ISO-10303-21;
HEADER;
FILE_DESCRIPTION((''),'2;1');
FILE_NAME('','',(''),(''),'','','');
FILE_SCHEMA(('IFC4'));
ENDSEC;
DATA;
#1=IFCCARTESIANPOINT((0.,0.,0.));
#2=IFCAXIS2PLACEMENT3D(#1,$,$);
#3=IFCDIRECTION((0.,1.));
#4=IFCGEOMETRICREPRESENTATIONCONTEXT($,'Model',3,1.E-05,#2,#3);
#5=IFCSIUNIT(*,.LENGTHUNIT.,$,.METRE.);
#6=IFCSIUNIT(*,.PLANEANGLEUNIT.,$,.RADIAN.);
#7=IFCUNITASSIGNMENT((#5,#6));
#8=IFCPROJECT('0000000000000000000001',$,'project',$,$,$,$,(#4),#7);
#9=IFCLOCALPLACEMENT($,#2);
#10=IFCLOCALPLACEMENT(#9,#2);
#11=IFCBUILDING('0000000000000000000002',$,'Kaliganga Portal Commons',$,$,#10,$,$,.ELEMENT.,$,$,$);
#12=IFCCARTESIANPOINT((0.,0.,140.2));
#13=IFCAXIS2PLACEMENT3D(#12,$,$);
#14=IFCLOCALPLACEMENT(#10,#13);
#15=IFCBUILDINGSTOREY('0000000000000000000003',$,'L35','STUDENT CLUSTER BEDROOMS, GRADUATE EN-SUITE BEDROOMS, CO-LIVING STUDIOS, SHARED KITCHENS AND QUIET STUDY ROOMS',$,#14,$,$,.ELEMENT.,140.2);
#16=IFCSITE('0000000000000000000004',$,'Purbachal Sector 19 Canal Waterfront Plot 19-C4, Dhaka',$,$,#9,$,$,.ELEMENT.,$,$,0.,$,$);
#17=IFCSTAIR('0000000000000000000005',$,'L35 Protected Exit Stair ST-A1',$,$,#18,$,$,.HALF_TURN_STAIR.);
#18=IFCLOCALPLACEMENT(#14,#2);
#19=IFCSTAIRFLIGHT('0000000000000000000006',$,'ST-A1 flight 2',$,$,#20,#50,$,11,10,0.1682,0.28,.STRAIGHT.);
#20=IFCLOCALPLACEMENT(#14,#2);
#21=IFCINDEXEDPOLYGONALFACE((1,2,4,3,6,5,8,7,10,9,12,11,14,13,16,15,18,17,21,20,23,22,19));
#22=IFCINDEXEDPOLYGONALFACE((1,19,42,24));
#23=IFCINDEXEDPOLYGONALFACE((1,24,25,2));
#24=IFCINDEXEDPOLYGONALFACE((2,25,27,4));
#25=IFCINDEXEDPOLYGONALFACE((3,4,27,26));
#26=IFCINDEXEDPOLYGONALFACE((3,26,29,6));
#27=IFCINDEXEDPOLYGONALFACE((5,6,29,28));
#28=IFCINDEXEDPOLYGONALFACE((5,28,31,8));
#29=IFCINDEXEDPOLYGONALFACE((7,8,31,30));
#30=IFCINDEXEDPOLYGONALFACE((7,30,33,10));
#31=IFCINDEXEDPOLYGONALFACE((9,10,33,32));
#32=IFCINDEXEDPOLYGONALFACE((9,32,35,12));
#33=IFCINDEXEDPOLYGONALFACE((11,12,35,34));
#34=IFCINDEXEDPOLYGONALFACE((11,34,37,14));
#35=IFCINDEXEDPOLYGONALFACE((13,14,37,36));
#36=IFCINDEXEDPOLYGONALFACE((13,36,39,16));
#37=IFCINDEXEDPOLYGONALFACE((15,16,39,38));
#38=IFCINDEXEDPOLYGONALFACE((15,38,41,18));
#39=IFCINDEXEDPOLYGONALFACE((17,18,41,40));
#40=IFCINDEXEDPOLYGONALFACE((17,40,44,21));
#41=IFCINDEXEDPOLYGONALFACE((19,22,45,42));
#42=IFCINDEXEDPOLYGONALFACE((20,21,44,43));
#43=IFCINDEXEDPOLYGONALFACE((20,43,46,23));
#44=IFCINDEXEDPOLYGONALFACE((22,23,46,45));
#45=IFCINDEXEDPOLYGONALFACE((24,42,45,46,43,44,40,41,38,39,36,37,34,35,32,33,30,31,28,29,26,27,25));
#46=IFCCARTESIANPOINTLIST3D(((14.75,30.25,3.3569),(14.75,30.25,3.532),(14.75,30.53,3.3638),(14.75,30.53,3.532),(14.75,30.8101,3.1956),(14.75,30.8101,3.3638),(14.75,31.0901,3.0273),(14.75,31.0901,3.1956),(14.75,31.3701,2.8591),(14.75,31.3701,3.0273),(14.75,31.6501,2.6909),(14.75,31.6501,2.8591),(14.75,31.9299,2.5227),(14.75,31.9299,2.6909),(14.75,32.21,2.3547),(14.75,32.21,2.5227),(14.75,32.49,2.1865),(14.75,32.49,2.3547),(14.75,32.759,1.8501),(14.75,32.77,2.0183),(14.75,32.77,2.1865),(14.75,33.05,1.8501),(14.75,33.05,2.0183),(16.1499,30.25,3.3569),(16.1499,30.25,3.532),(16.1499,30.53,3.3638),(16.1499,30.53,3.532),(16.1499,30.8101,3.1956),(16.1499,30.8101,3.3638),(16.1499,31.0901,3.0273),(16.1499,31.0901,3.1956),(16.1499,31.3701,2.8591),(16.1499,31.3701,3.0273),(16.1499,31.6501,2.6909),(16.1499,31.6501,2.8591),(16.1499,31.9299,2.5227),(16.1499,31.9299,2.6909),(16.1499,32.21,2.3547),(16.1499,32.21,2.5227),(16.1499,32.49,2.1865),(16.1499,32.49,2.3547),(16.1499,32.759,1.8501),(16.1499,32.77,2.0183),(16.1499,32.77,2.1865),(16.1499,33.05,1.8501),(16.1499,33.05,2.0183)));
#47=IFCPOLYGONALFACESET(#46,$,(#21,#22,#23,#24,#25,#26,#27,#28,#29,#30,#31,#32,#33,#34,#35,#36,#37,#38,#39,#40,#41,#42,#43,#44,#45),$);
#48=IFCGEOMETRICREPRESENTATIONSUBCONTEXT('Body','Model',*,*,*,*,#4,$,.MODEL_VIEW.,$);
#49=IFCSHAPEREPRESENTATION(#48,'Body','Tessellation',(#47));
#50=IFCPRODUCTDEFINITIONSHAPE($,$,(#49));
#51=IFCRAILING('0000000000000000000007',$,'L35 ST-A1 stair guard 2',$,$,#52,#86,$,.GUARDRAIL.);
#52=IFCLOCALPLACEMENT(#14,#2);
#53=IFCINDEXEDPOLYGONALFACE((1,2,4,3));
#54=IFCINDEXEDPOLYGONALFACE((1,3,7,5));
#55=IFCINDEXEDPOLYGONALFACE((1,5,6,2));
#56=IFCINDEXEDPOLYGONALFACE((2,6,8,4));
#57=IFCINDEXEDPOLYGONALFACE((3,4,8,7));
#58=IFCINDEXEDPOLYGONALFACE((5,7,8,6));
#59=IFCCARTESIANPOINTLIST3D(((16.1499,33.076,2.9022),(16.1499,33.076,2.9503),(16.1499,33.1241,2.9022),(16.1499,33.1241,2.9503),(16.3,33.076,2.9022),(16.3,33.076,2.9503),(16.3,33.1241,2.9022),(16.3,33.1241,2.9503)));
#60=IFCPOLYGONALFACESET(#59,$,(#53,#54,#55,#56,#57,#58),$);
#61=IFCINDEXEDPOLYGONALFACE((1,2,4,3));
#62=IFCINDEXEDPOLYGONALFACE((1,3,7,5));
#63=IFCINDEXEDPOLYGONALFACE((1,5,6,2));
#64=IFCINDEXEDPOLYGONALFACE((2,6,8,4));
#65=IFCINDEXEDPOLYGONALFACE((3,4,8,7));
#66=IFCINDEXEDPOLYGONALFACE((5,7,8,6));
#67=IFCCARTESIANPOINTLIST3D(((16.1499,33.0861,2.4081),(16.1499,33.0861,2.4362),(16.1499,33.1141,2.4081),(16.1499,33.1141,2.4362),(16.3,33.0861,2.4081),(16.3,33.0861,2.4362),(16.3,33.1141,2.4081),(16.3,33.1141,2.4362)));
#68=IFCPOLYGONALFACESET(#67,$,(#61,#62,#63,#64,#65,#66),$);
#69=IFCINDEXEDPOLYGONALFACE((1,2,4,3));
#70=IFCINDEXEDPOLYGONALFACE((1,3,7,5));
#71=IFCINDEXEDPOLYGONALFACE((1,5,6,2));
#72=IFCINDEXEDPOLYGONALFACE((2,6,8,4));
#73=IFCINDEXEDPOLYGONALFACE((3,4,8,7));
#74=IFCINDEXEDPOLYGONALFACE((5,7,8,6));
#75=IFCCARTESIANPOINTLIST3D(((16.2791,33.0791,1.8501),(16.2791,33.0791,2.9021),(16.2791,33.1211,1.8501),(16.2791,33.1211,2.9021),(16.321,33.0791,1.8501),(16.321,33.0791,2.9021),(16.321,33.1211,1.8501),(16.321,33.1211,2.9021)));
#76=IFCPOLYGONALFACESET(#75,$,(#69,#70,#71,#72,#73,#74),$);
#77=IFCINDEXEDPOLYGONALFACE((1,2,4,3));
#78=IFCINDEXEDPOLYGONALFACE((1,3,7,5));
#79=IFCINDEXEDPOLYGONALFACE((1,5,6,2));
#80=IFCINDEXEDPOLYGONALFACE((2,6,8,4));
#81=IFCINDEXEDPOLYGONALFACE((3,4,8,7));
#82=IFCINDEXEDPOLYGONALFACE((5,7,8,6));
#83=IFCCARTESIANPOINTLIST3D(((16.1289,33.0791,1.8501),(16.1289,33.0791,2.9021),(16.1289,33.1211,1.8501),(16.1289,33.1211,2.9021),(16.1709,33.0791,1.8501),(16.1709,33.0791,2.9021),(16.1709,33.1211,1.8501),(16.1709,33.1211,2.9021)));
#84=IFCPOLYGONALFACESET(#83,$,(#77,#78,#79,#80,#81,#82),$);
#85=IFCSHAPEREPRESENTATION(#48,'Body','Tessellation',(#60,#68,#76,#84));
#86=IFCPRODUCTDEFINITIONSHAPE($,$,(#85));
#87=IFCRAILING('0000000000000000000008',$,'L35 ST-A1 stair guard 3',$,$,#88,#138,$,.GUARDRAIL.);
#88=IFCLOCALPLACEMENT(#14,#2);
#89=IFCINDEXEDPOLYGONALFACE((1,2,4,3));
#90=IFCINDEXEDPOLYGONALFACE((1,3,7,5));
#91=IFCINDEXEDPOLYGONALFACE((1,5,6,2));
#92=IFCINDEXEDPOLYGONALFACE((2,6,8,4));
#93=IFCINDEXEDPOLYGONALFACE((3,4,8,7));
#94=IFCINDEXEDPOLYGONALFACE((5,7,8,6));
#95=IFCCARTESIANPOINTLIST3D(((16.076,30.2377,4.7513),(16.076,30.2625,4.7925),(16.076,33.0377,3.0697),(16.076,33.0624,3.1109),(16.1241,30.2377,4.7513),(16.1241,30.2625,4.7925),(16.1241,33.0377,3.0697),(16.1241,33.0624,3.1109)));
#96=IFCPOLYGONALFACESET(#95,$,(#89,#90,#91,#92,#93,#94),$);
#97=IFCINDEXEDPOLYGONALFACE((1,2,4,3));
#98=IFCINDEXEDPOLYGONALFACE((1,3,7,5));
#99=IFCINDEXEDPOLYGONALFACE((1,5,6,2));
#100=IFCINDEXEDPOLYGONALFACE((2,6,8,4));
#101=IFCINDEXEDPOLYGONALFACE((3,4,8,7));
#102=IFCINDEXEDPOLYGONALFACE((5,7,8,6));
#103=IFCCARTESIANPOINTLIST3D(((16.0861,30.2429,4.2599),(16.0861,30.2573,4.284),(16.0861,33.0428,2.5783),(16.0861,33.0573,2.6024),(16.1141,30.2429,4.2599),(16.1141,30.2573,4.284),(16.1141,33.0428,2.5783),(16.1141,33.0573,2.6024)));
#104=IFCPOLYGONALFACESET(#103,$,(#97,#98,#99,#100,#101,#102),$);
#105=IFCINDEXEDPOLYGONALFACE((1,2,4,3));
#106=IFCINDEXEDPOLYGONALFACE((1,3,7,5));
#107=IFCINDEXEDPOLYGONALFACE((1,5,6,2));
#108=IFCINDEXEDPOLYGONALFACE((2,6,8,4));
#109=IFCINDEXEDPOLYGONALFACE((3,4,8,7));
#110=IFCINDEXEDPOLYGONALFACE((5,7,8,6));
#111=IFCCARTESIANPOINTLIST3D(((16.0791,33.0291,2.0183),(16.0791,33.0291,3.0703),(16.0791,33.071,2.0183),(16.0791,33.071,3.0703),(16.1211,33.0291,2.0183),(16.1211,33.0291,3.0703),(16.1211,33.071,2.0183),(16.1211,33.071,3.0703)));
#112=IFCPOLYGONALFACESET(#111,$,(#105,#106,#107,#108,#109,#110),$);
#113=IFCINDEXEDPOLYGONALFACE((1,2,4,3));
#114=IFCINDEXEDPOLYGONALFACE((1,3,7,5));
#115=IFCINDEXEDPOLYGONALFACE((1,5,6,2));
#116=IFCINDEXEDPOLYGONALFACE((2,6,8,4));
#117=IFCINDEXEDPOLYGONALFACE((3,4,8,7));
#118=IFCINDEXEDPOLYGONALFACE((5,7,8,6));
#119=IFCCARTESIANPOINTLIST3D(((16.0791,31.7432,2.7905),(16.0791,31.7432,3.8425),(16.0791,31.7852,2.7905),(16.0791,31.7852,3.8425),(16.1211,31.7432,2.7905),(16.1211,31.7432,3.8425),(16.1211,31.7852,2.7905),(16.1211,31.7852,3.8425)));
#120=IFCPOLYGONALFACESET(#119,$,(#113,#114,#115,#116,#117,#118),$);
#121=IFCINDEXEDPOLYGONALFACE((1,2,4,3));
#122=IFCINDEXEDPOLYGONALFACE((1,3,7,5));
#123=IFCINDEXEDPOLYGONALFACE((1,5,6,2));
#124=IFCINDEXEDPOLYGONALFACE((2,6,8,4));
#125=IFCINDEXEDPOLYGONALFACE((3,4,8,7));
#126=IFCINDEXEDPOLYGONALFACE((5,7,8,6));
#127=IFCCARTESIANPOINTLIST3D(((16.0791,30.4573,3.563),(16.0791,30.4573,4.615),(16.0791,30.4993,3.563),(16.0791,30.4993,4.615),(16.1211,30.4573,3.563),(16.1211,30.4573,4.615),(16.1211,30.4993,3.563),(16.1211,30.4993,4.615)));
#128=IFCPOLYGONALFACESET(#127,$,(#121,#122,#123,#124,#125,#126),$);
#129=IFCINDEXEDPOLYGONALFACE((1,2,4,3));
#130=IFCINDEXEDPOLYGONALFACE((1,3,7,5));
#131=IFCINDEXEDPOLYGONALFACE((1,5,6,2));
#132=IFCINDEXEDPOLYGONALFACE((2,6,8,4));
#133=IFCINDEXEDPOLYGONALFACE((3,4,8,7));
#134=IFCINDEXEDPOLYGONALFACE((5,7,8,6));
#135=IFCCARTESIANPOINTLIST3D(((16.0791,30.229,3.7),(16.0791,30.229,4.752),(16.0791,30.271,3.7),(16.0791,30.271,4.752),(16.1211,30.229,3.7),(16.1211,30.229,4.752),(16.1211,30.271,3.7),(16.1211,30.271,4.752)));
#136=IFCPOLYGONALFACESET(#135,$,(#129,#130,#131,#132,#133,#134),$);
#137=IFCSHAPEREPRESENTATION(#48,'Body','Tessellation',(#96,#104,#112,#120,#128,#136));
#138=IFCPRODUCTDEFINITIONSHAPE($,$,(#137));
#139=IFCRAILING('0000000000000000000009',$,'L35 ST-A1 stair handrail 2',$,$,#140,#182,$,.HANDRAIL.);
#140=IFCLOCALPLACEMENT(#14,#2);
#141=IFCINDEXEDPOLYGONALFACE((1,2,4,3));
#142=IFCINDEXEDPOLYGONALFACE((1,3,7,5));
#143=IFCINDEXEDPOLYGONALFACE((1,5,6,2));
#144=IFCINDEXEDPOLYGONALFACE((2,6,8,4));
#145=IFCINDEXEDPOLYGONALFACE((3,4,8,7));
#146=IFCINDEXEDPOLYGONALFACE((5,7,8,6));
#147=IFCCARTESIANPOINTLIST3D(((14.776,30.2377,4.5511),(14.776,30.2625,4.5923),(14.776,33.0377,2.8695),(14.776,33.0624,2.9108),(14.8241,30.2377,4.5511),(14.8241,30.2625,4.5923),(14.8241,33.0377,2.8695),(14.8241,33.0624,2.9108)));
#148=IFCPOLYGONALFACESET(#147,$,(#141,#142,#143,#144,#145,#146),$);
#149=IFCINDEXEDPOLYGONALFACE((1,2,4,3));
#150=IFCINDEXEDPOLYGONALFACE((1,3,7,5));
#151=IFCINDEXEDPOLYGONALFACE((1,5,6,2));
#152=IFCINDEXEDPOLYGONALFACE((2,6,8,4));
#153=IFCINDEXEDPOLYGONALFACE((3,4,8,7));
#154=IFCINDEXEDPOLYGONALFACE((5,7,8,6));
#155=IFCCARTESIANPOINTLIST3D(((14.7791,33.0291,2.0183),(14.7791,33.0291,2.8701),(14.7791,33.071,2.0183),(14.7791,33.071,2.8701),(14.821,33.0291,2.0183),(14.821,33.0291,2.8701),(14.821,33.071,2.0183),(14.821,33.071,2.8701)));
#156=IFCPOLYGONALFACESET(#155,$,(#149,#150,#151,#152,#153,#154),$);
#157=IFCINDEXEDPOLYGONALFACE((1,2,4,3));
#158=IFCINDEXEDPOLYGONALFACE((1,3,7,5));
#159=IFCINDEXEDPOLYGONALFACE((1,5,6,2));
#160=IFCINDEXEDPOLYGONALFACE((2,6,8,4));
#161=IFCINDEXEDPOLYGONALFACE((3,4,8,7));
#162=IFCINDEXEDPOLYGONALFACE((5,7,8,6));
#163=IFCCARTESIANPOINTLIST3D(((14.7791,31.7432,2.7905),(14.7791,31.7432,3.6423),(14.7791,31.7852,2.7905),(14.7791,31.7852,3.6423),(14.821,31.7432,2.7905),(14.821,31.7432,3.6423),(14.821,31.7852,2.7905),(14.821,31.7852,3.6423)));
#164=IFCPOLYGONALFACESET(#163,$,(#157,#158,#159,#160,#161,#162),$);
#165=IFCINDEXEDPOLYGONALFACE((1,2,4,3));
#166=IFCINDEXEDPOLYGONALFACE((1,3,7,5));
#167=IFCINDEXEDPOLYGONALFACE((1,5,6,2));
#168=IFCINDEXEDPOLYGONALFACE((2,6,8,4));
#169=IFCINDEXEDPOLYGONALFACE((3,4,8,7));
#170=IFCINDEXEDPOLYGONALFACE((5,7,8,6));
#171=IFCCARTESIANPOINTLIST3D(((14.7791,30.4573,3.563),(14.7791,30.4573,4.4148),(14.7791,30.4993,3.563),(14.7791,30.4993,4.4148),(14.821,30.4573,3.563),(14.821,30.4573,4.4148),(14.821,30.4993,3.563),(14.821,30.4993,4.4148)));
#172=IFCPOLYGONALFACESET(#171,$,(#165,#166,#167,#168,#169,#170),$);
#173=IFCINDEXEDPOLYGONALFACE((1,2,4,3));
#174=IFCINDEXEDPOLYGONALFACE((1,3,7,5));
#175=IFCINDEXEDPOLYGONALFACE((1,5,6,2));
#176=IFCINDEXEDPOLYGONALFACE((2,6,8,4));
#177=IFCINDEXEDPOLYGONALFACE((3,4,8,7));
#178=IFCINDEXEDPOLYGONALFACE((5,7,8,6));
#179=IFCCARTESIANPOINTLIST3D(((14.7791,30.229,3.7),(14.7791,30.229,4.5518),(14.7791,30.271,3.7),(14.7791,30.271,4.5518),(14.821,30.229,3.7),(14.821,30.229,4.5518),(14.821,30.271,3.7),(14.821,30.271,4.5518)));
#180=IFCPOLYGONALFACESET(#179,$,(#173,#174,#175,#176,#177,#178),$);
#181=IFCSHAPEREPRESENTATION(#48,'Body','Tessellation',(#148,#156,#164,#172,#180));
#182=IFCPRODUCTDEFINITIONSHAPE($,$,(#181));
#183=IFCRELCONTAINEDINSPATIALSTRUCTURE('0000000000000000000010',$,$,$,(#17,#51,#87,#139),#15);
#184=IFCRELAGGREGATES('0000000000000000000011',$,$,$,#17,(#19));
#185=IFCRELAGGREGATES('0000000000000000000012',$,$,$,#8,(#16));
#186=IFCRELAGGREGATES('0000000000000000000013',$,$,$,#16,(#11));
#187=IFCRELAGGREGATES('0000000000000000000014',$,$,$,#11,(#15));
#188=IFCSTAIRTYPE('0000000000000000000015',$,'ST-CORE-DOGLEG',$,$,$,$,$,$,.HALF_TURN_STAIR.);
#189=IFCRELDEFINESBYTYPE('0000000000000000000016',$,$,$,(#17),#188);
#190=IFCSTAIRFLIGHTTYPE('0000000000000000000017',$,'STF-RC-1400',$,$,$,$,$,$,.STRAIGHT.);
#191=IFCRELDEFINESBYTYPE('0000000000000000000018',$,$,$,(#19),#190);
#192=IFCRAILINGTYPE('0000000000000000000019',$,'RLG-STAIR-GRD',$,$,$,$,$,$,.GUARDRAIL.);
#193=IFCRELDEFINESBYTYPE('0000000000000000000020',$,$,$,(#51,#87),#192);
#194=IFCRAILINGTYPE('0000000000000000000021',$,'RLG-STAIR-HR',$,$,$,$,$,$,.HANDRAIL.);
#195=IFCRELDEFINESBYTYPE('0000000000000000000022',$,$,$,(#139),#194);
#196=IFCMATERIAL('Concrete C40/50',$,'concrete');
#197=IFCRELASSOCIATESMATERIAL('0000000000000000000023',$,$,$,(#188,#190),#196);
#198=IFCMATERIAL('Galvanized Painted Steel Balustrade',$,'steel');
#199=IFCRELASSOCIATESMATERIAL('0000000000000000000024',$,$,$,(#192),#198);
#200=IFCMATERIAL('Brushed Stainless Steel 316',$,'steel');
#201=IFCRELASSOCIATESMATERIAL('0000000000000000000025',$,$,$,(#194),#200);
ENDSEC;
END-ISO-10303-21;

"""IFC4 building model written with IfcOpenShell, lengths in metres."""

from ifc_helpers import new_model, si_unit, direction, frame, origin, origin_2d, place, context, subcontext, project, spatial, polyline, rectangle, outline, extrude, material, type_object, element, aggregate, save


model = new_model("IFC4")

# Units and contexts
model_context = context("Model", 3, precision=1e-05, world=origin(), true_north=direction((0.0, 1.0)))
body_context = subcontext(model_context, "Body", "Model", "MODEL_VIEW")
ifc_project = project(units=[si_unit("LENGTHUNIT", "METRE"), si_unit("PLANEANGLEUNIT", "RADIAN")], contexts=[model_context])

# Site, building, storey
site_placement = place(None, origin())
site = spatial("IfcSite", under=ifc_project, at=site_placement, Name="Purbachal Sector 19 Canal Waterfront Plot 19-C4, Dhaka", CompositionType="ELEMENT", RefElevation=0.0)
building_placement = place(site_placement, origin())
building = spatial("IfcBuilding", under=site, at=building_placement, Name="Kaliganga Portal Commons", CompositionType="ELEMENT")
storey_placement = place(building_placement, frame((0.0, 0.0, 140.2)))
storey = spatial("IfcBuildingStorey", under=building, at=storey_placement, Name="L35", Description="STUDENT CLUSTER BEDROOMS, GRADUATE EN-SUITE BEDROOMS, CO-LIVING STUDIOS, SHARED KITCHENS AND QUIET STUDY ROOMS", CompositionType="ELEMENT", Elevation=140.2)

# Stair, stair flight
ifc_material_1 = material(Name="Concrete C40/50", Category="concrete")
stair_type = type_object("IfcStairType", Name="ST-CORE-DOGLEG", PredefinedType="HALF_TURN_STAIR", material=ifc_material_1)
stair_placement = place(storey_placement, origin())
stair = element("IfcStair", 1, at=stair_placement, inside=storey, type_object=stair_type, Name="L35 Protected Exit Stair ST-A1", PredefinedType="HALF_TURN_STAIR")
stair_flight_type = type_object("IfcStairFlightType", Name="STF-RC-1400", PredefinedType="STRAIGHT", material=ifc_material_1)
stair_flight_placement = place(storey_placement, frame((15.45, 33.05, 1.8501), z_axis=(0.0, 0.0, 1.0), x_axis=(0.0, -1.0, 0.0)))
stair_flight = element("IfcStairFlight", 2, at=stair_flight_placement, type_object=stair_flight_type, Name="ST-A1 flight 2", NumberOfRisers=11, NumberOfTreads=10, PredefinedType="STRAIGHT", RiserHeight=0.1682, TreadLength=0.28, context=body_context, shape_type="SweptSolid", body=[
    extrude(outline(polyline([(0.0, 0.0), (0.0, 0.1682), (0.28, 0.1682), (0.28, 0.3364), (0.5601, 0.3364), (0.5601, 0.5046), (0.8401, 0.5046), (0.8401, 0.6726), (1.1201, 0.6726), (1.1201, 0.8408), (1.3999, 0.8408), (1.3999, 1.009), (1.6799, 1.009), (1.6799, 1.1772), (1.96, 1.1772), (1.96, 1.3455), (2.24, 1.3455), (2.24, 1.5137), (2.52, 1.5137), (2.52, 1.6819), (2.8, 1.6819), (2.8, 1.8501), (2.8, 1.5068), (0.291, 0.0), (0.0, 0.0)])), frame((0.0, 0.7, 0.0), z_axis=(0.0, -1.0, 0.0), x_axis=(1.0, 0.0, 0.0)), (0.0, 0.0, 1.0), 1.3999),
])
aggregate(stair, [stair_flight])

# Railings
ifc_material_2 = material(Name="Galvanized Painted Steel Balustrade", Category="steel")
railing_type_1 = type_object("IfcRailingType", Name="RLG-STAIR-GRD", PredefinedType="GUARDRAIL", material=ifc_material_2)
railing_1_placement = place(storey_placement, frame((16.3, 33.1001, 1.8501)))
element("IfcRailing", 3, at=railing_1_placement, inside=storey, type_object=railing_type_1, Name="L35 ST-A1 stair guard 2", PredefinedType="GUARDRAIL", context=body_context, shape_type="SweptSolid", body=[
    extrude(rectangle(XDim=0.0481, YDim=0.0481, at=origin_2d()), frame((0.0, 0.0, 1.0762), z_axis=(-1.0, 0.0, 0.0), x_axis=(0.0, -1.0, 0.0)), (0.0, 0.0, 1.0), 0.1501),
    extrude(rectangle(XDim=0.0281, YDim=0.0281, at=origin_2d()), frame((0.0, 0.0, 0.572), z_axis=(-1.0, 0.0, 0.0), x_axis=(0.0, -1.0, 0.0)), (0.0, 0.0, 1.0), 0.1501),
    extrude(rectangle(XDim=0.042, YDim=0.042, at=origin_2d()), origin(), (0.0, 0.0, 1.0), 1.052),
    extrude(rectangle(XDim=0.042, YDim=0.042, at=origin_2d()), frame((-0.1501, 0.0, 0.0)), (0.0, 0.0, 1.0), 1.052),
])
railing_2_placement = place(storey_placement, frame((16.1001, 33.05, 2.0183)))
element("IfcRailing", 4, at=railing_2_placement, inside=storey, type_object=railing_type_1, Name="L35 ST-A1 stair guard 3", PredefinedType="GUARDRAIL", context=body_context, shape_type="SweptSolid", body=[
    extrude(rectangle(XDim=0.0481, YDim=0.0481, at=origin_2d()), frame((0.0, 0.0, 1.072), z_axis=(0.0, -0.857275, 0.514858), x_axis=(1.0, 0.0, 0.0)), (0.0, 0.0, 1.0), 3.2661),
    extrude(rectangle(XDim=0.0281, YDim=0.0281, at=origin_2d()), frame((0.0, 0.0, 0.572), z_axis=(0.0, -0.857275, 0.514858), x_axis=(1.0, 0.0, 0.0)), (0.0, 0.0, 1.0), 3.2661),
    extrude(rectangle(XDim=0.042, YDim=0.042, at=origin_2d()), origin(), (0.0, 0.0, 1.0), 1.052),
    extrude(rectangle(XDim=0.042, YDim=0.042, at=origin_2d()), frame((0.0, -1.2859, 0.7722)), (0.0, 0.0, 1.0), 1.052),
    extrude(rectangle(XDim=0.042, YDim=0.042, at=origin_2d()), frame((0.0, -2.5718, 1.5447)), (0.0, 0.0, 1.0), 1.052),
    extrude(rectangle(XDim=0.042, YDim=0.042, at=origin_2d()), frame((0.0, -2.8, 1.6816)), (0.0, 0.0, 1.0), 1.052),
])
ifc_material_3 = material(Name="Brushed Stainless Steel 316", Category="steel")
railing_type_2 = type_object("IfcRailingType", Name="RLG-STAIR-HR", PredefinedType="HANDRAIL", material=ifc_material_3)
railing_3_placement = place(storey_placement, frame((14.8, 33.05, 2.0183)))
element("IfcRailing", 5, at=railing_3_placement, inside=storey, type_object=railing_type_2, Name="L35 ST-A1 stair handrail 2", PredefinedType="HANDRAIL", context=body_context, shape_type="SweptSolid", body=[
    extrude(rectangle(XDim=0.0481, YDim=0.0481, at=origin_2d()), frame((0.0, 0.0, 0.8718), z_axis=(0.0, -0.857275, 0.514858), x_axis=(1.0, 0.0, 0.0)), (0.0, 0.0, 1.0), 3.2661),
    extrude(rectangle(XDim=0.042, YDim=0.042, at=origin_2d()), origin(), (0.0, 0.0, 1.0), 0.8518),
    extrude(rectangle(XDim=0.042, YDim=0.042, at=origin_2d()), frame((0.0, -1.2859, 0.7722)), (0.0, 0.0, 1.0), 0.8518),
    extrude(rectangle(XDim=0.042, YDim=0.042, at=origin_2d()), frame((0.0, -2.5718, 1.5447)), (0.0, 0.0, 1.0), 0.8518),
    extrude(rectangle(XDim=0.042, YDim=0.042, at=origin_2d()), frame((0.0, -2.8, 1.6816)), (0.0, 0.0, 1.0), 0.8518),
])

save(model, "model.ifc")
